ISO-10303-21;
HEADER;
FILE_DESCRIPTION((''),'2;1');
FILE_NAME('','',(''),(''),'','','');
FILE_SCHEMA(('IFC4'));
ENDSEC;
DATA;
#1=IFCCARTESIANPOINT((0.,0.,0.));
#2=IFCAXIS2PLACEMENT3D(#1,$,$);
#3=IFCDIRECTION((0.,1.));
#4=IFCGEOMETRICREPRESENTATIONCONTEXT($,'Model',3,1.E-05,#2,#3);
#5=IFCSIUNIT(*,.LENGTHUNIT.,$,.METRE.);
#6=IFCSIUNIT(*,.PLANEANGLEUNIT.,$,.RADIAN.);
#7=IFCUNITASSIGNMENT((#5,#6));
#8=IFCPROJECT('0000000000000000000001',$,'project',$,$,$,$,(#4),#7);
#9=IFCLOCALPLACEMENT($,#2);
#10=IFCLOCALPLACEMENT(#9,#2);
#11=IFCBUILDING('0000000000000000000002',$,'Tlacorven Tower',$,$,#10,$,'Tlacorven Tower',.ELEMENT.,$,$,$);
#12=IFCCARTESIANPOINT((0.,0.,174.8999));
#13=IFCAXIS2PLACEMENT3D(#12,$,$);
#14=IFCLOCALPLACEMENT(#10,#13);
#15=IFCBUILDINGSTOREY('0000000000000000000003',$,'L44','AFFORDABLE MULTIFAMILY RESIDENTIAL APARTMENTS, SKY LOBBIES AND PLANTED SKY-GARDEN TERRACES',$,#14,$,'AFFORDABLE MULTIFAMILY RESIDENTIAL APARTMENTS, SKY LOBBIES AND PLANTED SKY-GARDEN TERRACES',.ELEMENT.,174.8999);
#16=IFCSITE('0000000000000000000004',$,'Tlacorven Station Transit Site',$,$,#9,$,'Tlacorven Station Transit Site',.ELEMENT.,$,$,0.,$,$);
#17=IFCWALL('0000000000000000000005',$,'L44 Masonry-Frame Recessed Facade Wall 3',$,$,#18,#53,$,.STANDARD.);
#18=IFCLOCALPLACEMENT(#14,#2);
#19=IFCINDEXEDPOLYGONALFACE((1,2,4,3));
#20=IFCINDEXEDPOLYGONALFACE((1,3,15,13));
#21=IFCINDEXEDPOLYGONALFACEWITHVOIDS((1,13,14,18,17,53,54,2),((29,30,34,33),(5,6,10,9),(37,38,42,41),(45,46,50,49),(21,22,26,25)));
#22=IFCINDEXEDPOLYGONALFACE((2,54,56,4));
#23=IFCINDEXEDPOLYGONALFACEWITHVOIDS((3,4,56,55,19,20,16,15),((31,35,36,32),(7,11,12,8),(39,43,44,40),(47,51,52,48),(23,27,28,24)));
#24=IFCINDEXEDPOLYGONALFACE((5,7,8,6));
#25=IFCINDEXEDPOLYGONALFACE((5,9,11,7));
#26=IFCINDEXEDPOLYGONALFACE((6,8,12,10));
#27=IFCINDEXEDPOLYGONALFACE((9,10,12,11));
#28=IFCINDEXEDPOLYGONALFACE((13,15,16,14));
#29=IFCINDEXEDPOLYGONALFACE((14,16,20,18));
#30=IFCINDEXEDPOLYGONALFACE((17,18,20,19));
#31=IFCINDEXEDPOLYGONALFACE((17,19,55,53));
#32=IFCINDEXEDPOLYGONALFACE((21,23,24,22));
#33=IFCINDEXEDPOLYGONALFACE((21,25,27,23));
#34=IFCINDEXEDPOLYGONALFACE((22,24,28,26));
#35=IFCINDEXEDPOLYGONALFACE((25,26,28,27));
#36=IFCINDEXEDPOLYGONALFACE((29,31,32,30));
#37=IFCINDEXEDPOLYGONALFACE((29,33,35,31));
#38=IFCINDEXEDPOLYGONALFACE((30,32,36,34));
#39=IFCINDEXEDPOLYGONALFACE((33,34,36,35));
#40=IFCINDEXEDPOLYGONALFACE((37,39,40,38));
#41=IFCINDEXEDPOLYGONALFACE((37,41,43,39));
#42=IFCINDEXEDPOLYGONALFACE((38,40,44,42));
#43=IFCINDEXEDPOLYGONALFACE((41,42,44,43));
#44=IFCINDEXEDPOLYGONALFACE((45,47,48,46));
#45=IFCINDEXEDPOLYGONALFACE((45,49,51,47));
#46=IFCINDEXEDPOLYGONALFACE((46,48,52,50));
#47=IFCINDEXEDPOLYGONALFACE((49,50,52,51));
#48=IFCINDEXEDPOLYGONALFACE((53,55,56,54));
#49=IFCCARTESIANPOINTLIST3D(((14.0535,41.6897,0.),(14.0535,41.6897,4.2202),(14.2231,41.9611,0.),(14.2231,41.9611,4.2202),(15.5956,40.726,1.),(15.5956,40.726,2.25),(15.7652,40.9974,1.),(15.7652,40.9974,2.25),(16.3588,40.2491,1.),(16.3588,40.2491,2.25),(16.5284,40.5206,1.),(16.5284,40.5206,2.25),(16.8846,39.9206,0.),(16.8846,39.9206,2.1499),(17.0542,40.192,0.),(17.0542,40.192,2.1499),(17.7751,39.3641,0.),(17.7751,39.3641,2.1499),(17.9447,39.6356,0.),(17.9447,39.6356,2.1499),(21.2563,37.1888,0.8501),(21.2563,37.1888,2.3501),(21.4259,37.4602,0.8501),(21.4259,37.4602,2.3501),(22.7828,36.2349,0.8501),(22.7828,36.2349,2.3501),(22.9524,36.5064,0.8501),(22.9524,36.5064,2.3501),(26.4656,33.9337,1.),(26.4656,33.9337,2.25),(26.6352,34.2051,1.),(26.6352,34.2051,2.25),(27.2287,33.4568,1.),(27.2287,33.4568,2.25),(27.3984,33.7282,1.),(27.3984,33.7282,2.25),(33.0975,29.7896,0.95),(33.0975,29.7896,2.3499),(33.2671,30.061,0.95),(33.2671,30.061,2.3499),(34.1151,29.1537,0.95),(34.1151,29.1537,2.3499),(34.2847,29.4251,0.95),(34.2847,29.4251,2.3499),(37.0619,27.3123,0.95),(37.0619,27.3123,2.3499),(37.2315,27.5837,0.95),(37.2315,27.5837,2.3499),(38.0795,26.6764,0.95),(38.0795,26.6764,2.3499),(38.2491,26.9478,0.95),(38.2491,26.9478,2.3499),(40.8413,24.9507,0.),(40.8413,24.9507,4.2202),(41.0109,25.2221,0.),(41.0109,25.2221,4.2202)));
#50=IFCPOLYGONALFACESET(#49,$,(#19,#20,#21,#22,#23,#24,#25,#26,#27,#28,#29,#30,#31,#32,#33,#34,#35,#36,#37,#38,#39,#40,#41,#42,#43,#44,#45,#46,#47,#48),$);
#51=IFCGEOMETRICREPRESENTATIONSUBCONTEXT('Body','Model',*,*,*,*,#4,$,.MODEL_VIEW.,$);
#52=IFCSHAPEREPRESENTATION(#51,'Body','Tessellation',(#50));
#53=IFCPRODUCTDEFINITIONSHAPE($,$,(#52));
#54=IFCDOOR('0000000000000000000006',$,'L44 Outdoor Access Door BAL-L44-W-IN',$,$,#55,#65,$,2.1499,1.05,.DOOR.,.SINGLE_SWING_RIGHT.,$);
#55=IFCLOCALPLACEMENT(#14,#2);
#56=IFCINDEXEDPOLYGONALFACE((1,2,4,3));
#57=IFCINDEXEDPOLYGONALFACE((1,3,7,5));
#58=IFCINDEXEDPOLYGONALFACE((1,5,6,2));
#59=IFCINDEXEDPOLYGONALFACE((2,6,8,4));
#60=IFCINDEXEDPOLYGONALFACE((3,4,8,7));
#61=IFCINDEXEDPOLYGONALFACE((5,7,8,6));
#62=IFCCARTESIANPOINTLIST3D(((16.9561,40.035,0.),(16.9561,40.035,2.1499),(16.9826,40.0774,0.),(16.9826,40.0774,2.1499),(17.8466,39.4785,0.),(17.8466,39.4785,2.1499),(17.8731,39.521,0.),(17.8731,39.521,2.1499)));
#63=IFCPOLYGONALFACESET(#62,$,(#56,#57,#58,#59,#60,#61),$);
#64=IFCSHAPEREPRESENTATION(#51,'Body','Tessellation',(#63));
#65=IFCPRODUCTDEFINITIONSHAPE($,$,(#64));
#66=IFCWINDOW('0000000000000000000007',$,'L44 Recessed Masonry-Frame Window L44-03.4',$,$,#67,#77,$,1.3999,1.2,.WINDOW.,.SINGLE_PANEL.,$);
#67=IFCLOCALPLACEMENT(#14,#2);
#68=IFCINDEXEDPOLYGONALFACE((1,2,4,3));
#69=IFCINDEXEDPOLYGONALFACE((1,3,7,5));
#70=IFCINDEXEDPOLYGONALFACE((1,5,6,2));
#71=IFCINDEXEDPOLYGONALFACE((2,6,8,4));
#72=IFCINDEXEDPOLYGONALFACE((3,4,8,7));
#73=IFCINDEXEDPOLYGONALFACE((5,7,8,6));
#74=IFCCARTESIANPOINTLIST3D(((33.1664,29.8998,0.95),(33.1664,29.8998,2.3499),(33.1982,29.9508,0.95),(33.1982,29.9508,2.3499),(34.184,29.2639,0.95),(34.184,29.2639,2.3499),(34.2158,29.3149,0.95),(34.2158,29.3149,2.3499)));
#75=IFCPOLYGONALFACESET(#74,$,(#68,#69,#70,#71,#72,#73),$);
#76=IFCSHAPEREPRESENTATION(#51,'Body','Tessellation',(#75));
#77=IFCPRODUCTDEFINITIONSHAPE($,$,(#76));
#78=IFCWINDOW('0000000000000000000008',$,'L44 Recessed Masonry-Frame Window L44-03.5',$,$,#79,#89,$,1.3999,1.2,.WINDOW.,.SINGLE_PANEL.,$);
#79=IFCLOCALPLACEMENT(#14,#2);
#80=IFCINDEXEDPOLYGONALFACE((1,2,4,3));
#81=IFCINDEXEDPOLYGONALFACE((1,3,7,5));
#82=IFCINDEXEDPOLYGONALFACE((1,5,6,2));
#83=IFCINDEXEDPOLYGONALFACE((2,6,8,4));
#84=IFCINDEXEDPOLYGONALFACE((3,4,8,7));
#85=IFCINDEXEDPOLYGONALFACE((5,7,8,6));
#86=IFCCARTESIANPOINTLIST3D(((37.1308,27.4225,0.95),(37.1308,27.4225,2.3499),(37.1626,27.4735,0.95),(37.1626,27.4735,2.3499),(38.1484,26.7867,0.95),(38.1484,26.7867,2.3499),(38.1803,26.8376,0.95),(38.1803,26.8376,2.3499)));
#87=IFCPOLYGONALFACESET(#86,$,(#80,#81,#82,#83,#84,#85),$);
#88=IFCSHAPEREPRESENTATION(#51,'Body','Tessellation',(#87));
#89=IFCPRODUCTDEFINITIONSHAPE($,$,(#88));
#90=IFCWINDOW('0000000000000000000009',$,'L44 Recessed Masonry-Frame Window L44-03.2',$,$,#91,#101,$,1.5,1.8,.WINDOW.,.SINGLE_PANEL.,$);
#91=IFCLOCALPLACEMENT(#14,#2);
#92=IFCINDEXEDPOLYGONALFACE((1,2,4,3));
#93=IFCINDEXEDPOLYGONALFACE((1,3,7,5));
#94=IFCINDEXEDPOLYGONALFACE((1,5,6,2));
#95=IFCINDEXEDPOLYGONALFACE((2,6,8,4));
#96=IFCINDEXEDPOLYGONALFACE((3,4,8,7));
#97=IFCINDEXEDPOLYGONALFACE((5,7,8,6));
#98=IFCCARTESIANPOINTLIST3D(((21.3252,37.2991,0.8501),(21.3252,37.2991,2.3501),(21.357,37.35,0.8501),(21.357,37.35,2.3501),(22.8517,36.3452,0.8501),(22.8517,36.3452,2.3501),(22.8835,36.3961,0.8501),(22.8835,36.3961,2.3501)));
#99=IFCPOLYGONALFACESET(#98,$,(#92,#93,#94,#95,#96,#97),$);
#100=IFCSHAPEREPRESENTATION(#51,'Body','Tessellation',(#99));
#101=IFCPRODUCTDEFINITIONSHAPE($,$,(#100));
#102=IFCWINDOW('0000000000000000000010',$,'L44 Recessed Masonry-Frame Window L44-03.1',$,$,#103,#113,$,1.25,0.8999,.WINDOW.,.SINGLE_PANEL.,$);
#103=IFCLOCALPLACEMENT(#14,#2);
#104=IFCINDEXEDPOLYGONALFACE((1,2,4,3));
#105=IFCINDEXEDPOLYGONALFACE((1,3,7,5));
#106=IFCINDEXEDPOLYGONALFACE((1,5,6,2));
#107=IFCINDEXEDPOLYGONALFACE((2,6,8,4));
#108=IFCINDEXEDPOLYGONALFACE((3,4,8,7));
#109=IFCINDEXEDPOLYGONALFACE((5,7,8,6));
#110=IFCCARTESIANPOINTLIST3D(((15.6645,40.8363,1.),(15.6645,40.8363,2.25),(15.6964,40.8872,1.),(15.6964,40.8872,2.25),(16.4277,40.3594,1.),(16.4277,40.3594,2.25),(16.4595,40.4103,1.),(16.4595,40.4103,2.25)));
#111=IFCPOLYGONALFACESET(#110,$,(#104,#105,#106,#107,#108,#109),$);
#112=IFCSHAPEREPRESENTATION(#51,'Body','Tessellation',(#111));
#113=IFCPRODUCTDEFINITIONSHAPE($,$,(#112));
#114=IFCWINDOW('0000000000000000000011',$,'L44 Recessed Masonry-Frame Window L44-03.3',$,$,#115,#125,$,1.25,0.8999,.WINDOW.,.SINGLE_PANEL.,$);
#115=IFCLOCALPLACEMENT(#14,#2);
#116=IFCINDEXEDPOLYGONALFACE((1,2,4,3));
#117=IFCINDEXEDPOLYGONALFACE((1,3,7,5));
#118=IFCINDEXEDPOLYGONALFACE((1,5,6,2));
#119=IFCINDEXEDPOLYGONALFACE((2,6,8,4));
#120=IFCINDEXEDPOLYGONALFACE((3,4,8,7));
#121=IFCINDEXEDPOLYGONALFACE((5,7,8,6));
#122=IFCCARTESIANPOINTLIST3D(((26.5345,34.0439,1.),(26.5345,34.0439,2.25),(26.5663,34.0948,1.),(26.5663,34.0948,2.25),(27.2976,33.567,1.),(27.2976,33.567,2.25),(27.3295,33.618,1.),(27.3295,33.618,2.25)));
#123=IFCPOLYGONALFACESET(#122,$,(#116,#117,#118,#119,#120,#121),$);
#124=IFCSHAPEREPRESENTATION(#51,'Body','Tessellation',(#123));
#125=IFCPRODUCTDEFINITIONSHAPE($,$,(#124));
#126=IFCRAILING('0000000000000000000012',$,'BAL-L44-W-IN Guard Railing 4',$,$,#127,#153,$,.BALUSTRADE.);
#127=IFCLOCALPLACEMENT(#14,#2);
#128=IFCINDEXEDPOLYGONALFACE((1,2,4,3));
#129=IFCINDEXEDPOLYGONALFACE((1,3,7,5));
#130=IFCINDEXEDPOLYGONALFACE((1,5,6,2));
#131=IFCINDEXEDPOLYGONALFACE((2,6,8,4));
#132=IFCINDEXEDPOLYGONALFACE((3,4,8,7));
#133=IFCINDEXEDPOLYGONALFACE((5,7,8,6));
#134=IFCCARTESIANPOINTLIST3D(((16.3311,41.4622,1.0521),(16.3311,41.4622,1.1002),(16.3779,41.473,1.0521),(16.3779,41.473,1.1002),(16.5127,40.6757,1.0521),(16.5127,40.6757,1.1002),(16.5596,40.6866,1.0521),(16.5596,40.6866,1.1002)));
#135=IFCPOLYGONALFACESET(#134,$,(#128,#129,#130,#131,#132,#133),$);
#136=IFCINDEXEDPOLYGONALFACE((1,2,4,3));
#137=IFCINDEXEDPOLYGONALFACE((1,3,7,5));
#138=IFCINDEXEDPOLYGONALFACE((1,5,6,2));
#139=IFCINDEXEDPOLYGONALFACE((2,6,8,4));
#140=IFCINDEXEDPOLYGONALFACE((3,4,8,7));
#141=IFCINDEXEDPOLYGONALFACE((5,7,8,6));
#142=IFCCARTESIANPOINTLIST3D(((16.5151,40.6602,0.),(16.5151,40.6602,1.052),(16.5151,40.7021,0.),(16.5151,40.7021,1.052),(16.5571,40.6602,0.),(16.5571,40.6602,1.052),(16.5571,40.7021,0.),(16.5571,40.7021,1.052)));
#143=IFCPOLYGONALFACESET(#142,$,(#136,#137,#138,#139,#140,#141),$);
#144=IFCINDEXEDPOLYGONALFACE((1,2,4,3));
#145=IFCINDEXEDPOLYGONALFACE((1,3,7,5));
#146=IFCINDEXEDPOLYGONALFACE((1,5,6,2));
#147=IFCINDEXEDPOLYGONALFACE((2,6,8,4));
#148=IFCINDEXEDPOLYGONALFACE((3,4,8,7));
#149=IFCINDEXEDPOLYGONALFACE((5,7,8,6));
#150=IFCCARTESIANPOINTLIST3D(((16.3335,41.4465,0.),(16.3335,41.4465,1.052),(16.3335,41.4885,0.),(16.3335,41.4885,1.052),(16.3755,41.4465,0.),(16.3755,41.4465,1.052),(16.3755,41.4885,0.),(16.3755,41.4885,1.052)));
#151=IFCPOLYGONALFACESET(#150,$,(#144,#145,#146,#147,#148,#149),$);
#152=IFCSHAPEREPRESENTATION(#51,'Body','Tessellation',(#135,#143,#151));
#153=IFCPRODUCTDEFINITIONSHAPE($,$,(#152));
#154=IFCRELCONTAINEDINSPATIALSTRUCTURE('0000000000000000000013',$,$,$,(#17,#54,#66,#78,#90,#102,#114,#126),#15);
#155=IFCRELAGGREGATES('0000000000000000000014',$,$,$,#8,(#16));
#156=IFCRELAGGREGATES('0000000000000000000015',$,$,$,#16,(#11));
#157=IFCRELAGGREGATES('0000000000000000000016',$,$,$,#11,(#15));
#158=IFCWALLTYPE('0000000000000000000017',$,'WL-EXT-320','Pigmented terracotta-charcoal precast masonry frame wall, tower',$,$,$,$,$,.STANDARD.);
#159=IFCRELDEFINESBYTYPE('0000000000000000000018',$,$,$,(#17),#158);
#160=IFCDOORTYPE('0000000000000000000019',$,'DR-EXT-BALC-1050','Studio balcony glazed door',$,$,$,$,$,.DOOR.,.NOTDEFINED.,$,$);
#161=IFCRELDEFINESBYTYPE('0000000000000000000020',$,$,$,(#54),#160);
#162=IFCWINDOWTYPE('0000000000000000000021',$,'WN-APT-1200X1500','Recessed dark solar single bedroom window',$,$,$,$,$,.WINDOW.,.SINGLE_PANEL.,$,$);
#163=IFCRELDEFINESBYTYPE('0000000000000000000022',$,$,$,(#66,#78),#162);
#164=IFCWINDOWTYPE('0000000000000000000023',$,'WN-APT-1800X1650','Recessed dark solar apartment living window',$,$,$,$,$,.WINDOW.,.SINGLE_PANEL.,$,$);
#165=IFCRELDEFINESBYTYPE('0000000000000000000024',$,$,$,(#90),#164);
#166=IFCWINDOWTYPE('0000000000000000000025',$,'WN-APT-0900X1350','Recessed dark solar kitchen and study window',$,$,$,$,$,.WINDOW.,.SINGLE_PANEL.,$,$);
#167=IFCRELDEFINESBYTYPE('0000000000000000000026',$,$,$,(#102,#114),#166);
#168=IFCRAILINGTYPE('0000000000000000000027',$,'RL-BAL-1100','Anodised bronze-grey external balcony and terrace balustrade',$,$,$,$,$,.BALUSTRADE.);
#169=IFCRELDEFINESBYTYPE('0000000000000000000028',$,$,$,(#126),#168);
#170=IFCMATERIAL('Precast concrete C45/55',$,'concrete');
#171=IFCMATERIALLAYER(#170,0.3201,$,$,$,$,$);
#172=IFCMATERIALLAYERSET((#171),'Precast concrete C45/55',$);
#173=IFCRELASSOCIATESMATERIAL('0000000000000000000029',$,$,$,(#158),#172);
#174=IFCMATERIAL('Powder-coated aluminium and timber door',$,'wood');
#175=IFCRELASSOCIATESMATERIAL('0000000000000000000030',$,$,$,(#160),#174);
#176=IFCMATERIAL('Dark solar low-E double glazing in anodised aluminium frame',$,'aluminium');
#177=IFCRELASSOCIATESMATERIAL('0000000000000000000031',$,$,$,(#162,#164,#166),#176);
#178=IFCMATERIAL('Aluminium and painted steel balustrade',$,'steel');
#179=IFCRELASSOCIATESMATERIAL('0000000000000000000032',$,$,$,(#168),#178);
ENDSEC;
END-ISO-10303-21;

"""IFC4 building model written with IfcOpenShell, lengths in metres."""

from ifc_helpers import new_model, si_unit, direction, frame, frame_2d, origin, origin_2d, place, context, subcontext, project, spatial, rectangle, extrude, source, transform, mapped, material, layer, layer_set, type_object, element, fill, save


model = new_model("IFC4")

# Units and contexts
model_context = context("Model", 3, precision=1e-05, world=origin(), true_north=direction((0.0, 1.0)))
body_context = subcontext(model_context, "Body", "Model", "MODEL_VIEW")
ifc_project = project(units=[si_unit("LENGTHUNIT", "METRE"), si_unit("PLANEANGLEUNIT", "RADIAN")], contexts=[model_context])

# Site, building, storey
site_placement = place(None, origin())
site = spatial("IfcSite", under=ifc_project, at=site_placement, Name="Tlacorven Station Transit Site", LongName="Tlacorven Station Transit Site", CompositionType="ELEMENT", RefElevation=0.0)
building_placement = place(site_placement, origin())
building = spatial("IfcBuilding", under=site, at=building_placement, Name="Tlacorven Tower", LongName="Tlacorven Tower", CompositionType="ELEMENT")
storey_placement = place(building_placement, frame((0.0, 0.0, 174.8999)))
storey = spatial("IfcBuildingStorey", under=building, at=storey_placement, Name="L44", Description="AFFORDABLE MULTIFAMILY RESIDENTIAL APARTMENTS, SKY LOBBIES AND PLANTED SKY-GARDEN TERRACES", LongName="AFFORDABLE MULTIFAMILY RESIDENTIAL APARTMENTS, SKY LOBBIES AND PLANTED SKY-GARDEN TERRACES", CompositionType="ELEMENT", Elevation=174.8999)

# Wall, openings, door, windows
ifc_material_1 = material(Name="Precast concrete C45/55", Category="concrete")
ifc_layer_1 = layer(ifc_material_1, 0.3201)
ifc_layer_set_1 = layer_set([ifc_layer_1], Name="Precast concrete C45/55")
wall_type = type_object("IfcWallType", Name="WL-EXT-320", Description="Pigmented terracotta-charcoal precast masonry frame wall, tower", PredefinedType="STANDARD", material=ifc_layer_set_1)
wall_placement = place(storey_placement, frame((14.1382, 41.8254, 0.0), z_axis=(0.0, 0.0, 1.0), x_axis=(0.848046, -0.529922, 0.0)))
wall = element("IfcWall", 1, at=wall_placement, inside=storey, type_object=wall_type, Name="L44 Masonry-Frame Recessed Facade Wall 3", PredefinedType="STANDARD", context=body_context, shape_type="SweptSolid", body=[
    extrude(rectangle(XDim=31.5876, YDim=0.3201, at=frame_2d((15.7939, 0.0))), origin(), (0.0, 0.0, 1.0), 4.2202),
])
opening_1_placement = place(wall_placement, frame((3.3386, 0.0, 0.0)))
opening_1 = element("IfcOpeningElement", 2, at=opening_1_placement, cuts=wall, PredefinedType="OPENING", context=body_context, shape_type="SweptSolid", body=[
    extrude(rectangle(XDim=1.05, YDim=2.1499, at=frame_2d((0.5249, 1.075))), frame((0.0, 0.1699, 0.0), z_axis=(0.0, -1.0, 0.0), x_axis=(1.0, 0.0, 0.0)), (0.0, 0.0, 1.0), 0.3401),
])
opening_2_placement = place(wall_placement, frame((1.8186, 0.0, 1.0)))
opening_2 = element("IfcOpeningElement", 3, at=opening_2_placement, cuts=wall, PredefinedType="OPENING", context=body_context, shape_type="SweptSolid", body=[
    extrude(rectangle(XDim=0.8999, YDim=1.25, at=frame_2d((0.45, 0.625))), frame((0.0, 0.1699, 0.0), z_axis=(0.0, -1.0, 0.0), x_axis=(1.0, 0.0, 0.0)), (0.0, 0.0, 1.0), 0.3401),
])
opening_3_placement = place(wall_placement, frame((8.4937, 0.0, 0.8501)))
opening_3 = element("IfcOpeningElement", 4, at=opening_3_placement, cuts=wall, PredefinedType="OPENING", context=body_context, shape_type="SweptSolid", body=[
    extrude(rectangle(XDim=1.8, YDim=1.5, at=frame_2d((0.8999, 0.75))), frame((0.0, 0.1699, 0.0), z_axis=(0.0, -1.0, 0.0), x_axis=(1.0, 0.0, 0.0)), (0.0, 0.0, 1.0), 0.3401),
])
opening_4_placement = place(wall_placement, frame((14.6362, 0.0, 1.0)))
opening_4 = element("IfcOpeningElement", 5, at=opening_4_placement, cuts=wall, PredefinedType="OPENING", context=body_context, shape_type="SweptSolid", body=[
    extrude(rectangle(XDim=0.8999, YDim=1.25, at=frame_2d((0.45, 0.625))), frame((0.0, 0.1699, 0.0), z_axis=(0.0, -1.0, 0.0), x_axis=(1.0, 0.0, 0.0)), (0.0, 0.0, 1.0), 0.3401),
])
opening_5_placement = place(wall_placement, frame((22.4563, 0.0, 0.95)))
opening_5 = element("IfcOpeningElement", 6, at=opening_5_placement, cuts=wall, PredefinedType="OPENING", context=body_context, shape_type="SweptSolid", body=[
    extrude(rectangle(XDim=1.2, YDim=1.3999, at=frame_2d((0.6001, 0.7))), frame((0.0, 0.1699, 0.0), z_axis=(0.0, -1.0, 0.0), x_axis=(1.0, 0.0, 0.0)), (0.0, 0.0, 1.0), 0.3401),
])
opening_6_placement = place(wall_placement, frame((27.1311, 0.0, 0.95)))
opening_6 = element("IfcOpeningElement", 7, at=opening_6_placement, cuts=wall, PredefinedType="OPENING", context=body_context, shape_type="SweptSolid", body=[
    extrude(rectangle(XDim=1.2, YDim=1.3999, at=frame_2d((0.6001, 0.7))), frame((0.0, 0.1699, 0.0), z_axis=(0.0, -1.0, 0.0), x_axis=(1.0, 0.0, 0.0)), (0.0, 0.0, 1.0), 0.3401),
])
ifc_material_2 = material(Name="Powder-coated aluminium and timber door", Category="wood")
door_type = type_object("IfcDoorType", Name="DR-EXT-BALC-1050", Description="Studio balcony glazed door", OperationType="NOTDEFINED", PredefinedType="DOOR", material=ifc_material_2)
shared_shape_1 = source(origin(), body_context, "Body", "SweptSolid", [
    extrude(rectangle(XDim=1.05, YDim=2.1499, at=frame_2d((0.5249, 1.075))), frame((0.0, 0.0249, 0.0), z_axis=(0.0, -1.0, 0.0), x_axis=(1.0, 0.0, 0.0)), (0.0, 0.0, 1.0), 0.05),
])
door_placement = place(opening_1_placement, origin())
door = element("IfcDoor", 8, at=door_placement, inside=storey, type_object=door_type, Name="L44 Outdoor Access Door BAL-L44-W-IN", OperationType="SINGLE_SWING_RIGHT", OverallHeight=2.1499, OverallWidth=1.05, PredefinedType="DOOR", context=body_context, shape_type="MappedRepresentation", body=[
    mapped(shared_shape_1, transform((0.0, 0.0, 0.0), scale=1.0)),
])
fill(opening_1, door)
ifc_material_3 = material(Name="Dark solar low-E double glazing in anodised aluminium frame", Category="aluminium")
window_type_1 = type_object("IfcWindowType", Name="WN-APT-1200X1500", Description="Recessed dark solar single bedroom window", PartitioningType="SINGLE_PANEL", PredefinedType="WINDOW", material=ifc_material_3)
shared_shape_2 = source(origin(), body_context, "Body", "SweptSolid", [
    extrude(rectangle(XDim=1.2, YDim=1.3999, at=frame_2d((0.6001, 0.7))), frame((0.0, 0.03, 0.0), z_axis=(0.0, -1.0, 0.0), x_axis=(1.0, 0.0, 0.0)), (0.0, 0.0, 1.0), 0.0601),
])
window_1_placement = place(opening_5_placement, origin())
window_1 = element("IfcWindow", 9, at=window_1_placement, inside=storey, type_object=window_type_1, Name="L44 Recessed Masonry-Frame Window L44-03.4", OverallHeight=1.3999, OverallWidth=1.2, PartitioningType="SINGLE_PANEL", PredefinedType="WINDOW", context=body_context, shape_type="MappedRepresentation", body=[
    mapped(shared_shape_2, transform((0.0, 0.0, 0.0), scale=1.0)),
])
fill(opening_5, window_1)
window_2_placement = place(opening_6_placement, origin())
window_2 = element("IfcWindow", 10, at=window_2_placement, inside=storey, type_object=window_type_1, Name="L44 Recessed Masonry-Frame Window L44-03.5", OverallHeight=1.3999, OverallWidth=1.2, PartitioningType="SINGLE_PANEL", PredefinedType="WINDOW", context=body_context, shape_type="MappedRepresentation", body=[
    mapped(shared_shape_2, transform((0.0, 0.0, 0.0), scale=1.0)),
])
fill(opening_6, window_2)
window_type_2 = type_object("IfcWindowType", Name="WN-APT-1800X1650", Description="Recessed dark solar apartment living window", PartitioningType="SINGLE_PANEL", PredefinedType="WINDOW", material=ifc_material_3)
shared_shape_3 = source(origin(), body_context, "Body", "SweptSolid", [
    extrude(rectangle(XDim=1.8, YDim=1.5, at=frame_2d((0.8999, 0.75))), frame((0.0, 0.03, 0.0), z_axis=(0.0, -1.0, 0.0), x_axis=(1.0, 0.0, 0.0)), (0.0, 0.0, 1.0), 0.0601),
])
window_3_placement = place(opening_3_placement, origin())
window_3 = element("IfcWindow", 11, at=window_3_placement, inside=storey, type_object=window_type_2, Name="L44 Recessed Masonry-Frame Window L44-03.2", OverallHeight=1.5, OverallWidth=1.8, PartitioningType="SINGLE_PANEL", PredefinedType="WINDOW", context=body_context, shape_type="MappedRepresentation", body=[
    mapped(shared_shape_3, transform((0.0, 0.0, 0.0), scale=1.0)),
])
fill(opening_3, window_3)
window_type_3 = type_object("IfcWindowType", Name="WN-APT-0900X1350", Description="Recessed dark solar kitchen and study window", PartitioningType="SINGLE_PANEL", PredefinedType="WINDOW", material=ifc_material_3)
shared_shape_4 = source(origin(), body_context, "Body", "SweptSolid", [
    extrude(rectangle(XDim=0.8999, YDim=1.25, at=frame_2d((0.45, 0.625))), frame((0.0, 0.03, 0.0), z_axis=(0.0, -1.0, 0.0), x_axis=(1.0, 0.0, 0.0)), (0.0, 0.0, 1.0), 0.0601),
])
window_4_placement = place(opening_2_placement, origin())
window_4 = element("IfcWindow", 12, at=window_4_placement, inside=storey, type_object=window_type_3, Name="L44 Recessed Masonry-Frame Window L44-03.1", OverallHeight=1.25, OverallWidth=0.8999, PartitioningType="SINGLE_PANEL", PredefinedType="WINDOW", context=body_context, shape_type="MappedRepresentation", body=[
    mapped(shared_shape_4, transform((0.0, 0.0, 0.0), scale=1.0)),
])
fill(opening_2, window_4)
window_5_placement = place(opening_4_placement, origin())
window_5 = element("IfcWindow", 13, at=window_5_placement, inside=storey, type_object=window_type_3, Name="L44 Recessed Masonry-Frame Window L44-03.3", OverallHeight=1.25, OverallWidth=0.8999, PartitioningType="SINGLE_PANEL", PredefinedType="WINDOW", context=body_context, shape_type="MappedRepresentation", body=[
    mapped(shared_shape_4, transform((0.0, 0.0, 0.0), scale=1.0)),
])
fill(opening_4, window_5)

# Railing
ifc_material_4 = material(Name="Aluminium and painted steel balustrade", Category="steel")
railing_type = type_object("IfcRailingType", Name="RL-BAL-1100", Description="Anodised bronze-grey external balcony and terrace balustrade", PredefinedType="BALUSTRADE", material=ifc_material_4)
shared_shape_5 = source(origin(), body_context, "Body", "SweptSolid", [
    extrude(rectangle(XDim=0.0481, YDim=0.0481, at=origin_2d()), frame((0.0, 0.0, 1.0762), z_axis=(-0.225058, 0.974345, 0.0), x_axis=(-0.974345, -0.225058, 0.0)), (0.0, 0.0, 1.0), 0.8071),
    extrude(rectangle(XDim=0.042, YDim=0.042, at=origin_2d()), origin(), (0.0, 0.0, 1.0), 1.052),
    extrude(rectangle(XDim=0.042, YDim=0.042, at=origin_2d()), frame((-0.1816, 0.7864, 0.0)), (0.0, 0.0, 1.0), 1.052),
])
railing_1_placement = place(storey_placement, frame((16.5361, 40.6812, 0.0)))
element("IfcRailing", 14, at=railing_1_placement, inside=storey, type_object=railing_type, Name="BAL-L44-W-IN Guard Railing 4", PredefinedType="BALUSTRADE", context=body_context, shape_type="MappedRepresentation", body=[
    mapped(shared_shape_5, transform((0.0, 0.0, 0.0), scale=1.0)),
])

save(model, "model.ifc")
